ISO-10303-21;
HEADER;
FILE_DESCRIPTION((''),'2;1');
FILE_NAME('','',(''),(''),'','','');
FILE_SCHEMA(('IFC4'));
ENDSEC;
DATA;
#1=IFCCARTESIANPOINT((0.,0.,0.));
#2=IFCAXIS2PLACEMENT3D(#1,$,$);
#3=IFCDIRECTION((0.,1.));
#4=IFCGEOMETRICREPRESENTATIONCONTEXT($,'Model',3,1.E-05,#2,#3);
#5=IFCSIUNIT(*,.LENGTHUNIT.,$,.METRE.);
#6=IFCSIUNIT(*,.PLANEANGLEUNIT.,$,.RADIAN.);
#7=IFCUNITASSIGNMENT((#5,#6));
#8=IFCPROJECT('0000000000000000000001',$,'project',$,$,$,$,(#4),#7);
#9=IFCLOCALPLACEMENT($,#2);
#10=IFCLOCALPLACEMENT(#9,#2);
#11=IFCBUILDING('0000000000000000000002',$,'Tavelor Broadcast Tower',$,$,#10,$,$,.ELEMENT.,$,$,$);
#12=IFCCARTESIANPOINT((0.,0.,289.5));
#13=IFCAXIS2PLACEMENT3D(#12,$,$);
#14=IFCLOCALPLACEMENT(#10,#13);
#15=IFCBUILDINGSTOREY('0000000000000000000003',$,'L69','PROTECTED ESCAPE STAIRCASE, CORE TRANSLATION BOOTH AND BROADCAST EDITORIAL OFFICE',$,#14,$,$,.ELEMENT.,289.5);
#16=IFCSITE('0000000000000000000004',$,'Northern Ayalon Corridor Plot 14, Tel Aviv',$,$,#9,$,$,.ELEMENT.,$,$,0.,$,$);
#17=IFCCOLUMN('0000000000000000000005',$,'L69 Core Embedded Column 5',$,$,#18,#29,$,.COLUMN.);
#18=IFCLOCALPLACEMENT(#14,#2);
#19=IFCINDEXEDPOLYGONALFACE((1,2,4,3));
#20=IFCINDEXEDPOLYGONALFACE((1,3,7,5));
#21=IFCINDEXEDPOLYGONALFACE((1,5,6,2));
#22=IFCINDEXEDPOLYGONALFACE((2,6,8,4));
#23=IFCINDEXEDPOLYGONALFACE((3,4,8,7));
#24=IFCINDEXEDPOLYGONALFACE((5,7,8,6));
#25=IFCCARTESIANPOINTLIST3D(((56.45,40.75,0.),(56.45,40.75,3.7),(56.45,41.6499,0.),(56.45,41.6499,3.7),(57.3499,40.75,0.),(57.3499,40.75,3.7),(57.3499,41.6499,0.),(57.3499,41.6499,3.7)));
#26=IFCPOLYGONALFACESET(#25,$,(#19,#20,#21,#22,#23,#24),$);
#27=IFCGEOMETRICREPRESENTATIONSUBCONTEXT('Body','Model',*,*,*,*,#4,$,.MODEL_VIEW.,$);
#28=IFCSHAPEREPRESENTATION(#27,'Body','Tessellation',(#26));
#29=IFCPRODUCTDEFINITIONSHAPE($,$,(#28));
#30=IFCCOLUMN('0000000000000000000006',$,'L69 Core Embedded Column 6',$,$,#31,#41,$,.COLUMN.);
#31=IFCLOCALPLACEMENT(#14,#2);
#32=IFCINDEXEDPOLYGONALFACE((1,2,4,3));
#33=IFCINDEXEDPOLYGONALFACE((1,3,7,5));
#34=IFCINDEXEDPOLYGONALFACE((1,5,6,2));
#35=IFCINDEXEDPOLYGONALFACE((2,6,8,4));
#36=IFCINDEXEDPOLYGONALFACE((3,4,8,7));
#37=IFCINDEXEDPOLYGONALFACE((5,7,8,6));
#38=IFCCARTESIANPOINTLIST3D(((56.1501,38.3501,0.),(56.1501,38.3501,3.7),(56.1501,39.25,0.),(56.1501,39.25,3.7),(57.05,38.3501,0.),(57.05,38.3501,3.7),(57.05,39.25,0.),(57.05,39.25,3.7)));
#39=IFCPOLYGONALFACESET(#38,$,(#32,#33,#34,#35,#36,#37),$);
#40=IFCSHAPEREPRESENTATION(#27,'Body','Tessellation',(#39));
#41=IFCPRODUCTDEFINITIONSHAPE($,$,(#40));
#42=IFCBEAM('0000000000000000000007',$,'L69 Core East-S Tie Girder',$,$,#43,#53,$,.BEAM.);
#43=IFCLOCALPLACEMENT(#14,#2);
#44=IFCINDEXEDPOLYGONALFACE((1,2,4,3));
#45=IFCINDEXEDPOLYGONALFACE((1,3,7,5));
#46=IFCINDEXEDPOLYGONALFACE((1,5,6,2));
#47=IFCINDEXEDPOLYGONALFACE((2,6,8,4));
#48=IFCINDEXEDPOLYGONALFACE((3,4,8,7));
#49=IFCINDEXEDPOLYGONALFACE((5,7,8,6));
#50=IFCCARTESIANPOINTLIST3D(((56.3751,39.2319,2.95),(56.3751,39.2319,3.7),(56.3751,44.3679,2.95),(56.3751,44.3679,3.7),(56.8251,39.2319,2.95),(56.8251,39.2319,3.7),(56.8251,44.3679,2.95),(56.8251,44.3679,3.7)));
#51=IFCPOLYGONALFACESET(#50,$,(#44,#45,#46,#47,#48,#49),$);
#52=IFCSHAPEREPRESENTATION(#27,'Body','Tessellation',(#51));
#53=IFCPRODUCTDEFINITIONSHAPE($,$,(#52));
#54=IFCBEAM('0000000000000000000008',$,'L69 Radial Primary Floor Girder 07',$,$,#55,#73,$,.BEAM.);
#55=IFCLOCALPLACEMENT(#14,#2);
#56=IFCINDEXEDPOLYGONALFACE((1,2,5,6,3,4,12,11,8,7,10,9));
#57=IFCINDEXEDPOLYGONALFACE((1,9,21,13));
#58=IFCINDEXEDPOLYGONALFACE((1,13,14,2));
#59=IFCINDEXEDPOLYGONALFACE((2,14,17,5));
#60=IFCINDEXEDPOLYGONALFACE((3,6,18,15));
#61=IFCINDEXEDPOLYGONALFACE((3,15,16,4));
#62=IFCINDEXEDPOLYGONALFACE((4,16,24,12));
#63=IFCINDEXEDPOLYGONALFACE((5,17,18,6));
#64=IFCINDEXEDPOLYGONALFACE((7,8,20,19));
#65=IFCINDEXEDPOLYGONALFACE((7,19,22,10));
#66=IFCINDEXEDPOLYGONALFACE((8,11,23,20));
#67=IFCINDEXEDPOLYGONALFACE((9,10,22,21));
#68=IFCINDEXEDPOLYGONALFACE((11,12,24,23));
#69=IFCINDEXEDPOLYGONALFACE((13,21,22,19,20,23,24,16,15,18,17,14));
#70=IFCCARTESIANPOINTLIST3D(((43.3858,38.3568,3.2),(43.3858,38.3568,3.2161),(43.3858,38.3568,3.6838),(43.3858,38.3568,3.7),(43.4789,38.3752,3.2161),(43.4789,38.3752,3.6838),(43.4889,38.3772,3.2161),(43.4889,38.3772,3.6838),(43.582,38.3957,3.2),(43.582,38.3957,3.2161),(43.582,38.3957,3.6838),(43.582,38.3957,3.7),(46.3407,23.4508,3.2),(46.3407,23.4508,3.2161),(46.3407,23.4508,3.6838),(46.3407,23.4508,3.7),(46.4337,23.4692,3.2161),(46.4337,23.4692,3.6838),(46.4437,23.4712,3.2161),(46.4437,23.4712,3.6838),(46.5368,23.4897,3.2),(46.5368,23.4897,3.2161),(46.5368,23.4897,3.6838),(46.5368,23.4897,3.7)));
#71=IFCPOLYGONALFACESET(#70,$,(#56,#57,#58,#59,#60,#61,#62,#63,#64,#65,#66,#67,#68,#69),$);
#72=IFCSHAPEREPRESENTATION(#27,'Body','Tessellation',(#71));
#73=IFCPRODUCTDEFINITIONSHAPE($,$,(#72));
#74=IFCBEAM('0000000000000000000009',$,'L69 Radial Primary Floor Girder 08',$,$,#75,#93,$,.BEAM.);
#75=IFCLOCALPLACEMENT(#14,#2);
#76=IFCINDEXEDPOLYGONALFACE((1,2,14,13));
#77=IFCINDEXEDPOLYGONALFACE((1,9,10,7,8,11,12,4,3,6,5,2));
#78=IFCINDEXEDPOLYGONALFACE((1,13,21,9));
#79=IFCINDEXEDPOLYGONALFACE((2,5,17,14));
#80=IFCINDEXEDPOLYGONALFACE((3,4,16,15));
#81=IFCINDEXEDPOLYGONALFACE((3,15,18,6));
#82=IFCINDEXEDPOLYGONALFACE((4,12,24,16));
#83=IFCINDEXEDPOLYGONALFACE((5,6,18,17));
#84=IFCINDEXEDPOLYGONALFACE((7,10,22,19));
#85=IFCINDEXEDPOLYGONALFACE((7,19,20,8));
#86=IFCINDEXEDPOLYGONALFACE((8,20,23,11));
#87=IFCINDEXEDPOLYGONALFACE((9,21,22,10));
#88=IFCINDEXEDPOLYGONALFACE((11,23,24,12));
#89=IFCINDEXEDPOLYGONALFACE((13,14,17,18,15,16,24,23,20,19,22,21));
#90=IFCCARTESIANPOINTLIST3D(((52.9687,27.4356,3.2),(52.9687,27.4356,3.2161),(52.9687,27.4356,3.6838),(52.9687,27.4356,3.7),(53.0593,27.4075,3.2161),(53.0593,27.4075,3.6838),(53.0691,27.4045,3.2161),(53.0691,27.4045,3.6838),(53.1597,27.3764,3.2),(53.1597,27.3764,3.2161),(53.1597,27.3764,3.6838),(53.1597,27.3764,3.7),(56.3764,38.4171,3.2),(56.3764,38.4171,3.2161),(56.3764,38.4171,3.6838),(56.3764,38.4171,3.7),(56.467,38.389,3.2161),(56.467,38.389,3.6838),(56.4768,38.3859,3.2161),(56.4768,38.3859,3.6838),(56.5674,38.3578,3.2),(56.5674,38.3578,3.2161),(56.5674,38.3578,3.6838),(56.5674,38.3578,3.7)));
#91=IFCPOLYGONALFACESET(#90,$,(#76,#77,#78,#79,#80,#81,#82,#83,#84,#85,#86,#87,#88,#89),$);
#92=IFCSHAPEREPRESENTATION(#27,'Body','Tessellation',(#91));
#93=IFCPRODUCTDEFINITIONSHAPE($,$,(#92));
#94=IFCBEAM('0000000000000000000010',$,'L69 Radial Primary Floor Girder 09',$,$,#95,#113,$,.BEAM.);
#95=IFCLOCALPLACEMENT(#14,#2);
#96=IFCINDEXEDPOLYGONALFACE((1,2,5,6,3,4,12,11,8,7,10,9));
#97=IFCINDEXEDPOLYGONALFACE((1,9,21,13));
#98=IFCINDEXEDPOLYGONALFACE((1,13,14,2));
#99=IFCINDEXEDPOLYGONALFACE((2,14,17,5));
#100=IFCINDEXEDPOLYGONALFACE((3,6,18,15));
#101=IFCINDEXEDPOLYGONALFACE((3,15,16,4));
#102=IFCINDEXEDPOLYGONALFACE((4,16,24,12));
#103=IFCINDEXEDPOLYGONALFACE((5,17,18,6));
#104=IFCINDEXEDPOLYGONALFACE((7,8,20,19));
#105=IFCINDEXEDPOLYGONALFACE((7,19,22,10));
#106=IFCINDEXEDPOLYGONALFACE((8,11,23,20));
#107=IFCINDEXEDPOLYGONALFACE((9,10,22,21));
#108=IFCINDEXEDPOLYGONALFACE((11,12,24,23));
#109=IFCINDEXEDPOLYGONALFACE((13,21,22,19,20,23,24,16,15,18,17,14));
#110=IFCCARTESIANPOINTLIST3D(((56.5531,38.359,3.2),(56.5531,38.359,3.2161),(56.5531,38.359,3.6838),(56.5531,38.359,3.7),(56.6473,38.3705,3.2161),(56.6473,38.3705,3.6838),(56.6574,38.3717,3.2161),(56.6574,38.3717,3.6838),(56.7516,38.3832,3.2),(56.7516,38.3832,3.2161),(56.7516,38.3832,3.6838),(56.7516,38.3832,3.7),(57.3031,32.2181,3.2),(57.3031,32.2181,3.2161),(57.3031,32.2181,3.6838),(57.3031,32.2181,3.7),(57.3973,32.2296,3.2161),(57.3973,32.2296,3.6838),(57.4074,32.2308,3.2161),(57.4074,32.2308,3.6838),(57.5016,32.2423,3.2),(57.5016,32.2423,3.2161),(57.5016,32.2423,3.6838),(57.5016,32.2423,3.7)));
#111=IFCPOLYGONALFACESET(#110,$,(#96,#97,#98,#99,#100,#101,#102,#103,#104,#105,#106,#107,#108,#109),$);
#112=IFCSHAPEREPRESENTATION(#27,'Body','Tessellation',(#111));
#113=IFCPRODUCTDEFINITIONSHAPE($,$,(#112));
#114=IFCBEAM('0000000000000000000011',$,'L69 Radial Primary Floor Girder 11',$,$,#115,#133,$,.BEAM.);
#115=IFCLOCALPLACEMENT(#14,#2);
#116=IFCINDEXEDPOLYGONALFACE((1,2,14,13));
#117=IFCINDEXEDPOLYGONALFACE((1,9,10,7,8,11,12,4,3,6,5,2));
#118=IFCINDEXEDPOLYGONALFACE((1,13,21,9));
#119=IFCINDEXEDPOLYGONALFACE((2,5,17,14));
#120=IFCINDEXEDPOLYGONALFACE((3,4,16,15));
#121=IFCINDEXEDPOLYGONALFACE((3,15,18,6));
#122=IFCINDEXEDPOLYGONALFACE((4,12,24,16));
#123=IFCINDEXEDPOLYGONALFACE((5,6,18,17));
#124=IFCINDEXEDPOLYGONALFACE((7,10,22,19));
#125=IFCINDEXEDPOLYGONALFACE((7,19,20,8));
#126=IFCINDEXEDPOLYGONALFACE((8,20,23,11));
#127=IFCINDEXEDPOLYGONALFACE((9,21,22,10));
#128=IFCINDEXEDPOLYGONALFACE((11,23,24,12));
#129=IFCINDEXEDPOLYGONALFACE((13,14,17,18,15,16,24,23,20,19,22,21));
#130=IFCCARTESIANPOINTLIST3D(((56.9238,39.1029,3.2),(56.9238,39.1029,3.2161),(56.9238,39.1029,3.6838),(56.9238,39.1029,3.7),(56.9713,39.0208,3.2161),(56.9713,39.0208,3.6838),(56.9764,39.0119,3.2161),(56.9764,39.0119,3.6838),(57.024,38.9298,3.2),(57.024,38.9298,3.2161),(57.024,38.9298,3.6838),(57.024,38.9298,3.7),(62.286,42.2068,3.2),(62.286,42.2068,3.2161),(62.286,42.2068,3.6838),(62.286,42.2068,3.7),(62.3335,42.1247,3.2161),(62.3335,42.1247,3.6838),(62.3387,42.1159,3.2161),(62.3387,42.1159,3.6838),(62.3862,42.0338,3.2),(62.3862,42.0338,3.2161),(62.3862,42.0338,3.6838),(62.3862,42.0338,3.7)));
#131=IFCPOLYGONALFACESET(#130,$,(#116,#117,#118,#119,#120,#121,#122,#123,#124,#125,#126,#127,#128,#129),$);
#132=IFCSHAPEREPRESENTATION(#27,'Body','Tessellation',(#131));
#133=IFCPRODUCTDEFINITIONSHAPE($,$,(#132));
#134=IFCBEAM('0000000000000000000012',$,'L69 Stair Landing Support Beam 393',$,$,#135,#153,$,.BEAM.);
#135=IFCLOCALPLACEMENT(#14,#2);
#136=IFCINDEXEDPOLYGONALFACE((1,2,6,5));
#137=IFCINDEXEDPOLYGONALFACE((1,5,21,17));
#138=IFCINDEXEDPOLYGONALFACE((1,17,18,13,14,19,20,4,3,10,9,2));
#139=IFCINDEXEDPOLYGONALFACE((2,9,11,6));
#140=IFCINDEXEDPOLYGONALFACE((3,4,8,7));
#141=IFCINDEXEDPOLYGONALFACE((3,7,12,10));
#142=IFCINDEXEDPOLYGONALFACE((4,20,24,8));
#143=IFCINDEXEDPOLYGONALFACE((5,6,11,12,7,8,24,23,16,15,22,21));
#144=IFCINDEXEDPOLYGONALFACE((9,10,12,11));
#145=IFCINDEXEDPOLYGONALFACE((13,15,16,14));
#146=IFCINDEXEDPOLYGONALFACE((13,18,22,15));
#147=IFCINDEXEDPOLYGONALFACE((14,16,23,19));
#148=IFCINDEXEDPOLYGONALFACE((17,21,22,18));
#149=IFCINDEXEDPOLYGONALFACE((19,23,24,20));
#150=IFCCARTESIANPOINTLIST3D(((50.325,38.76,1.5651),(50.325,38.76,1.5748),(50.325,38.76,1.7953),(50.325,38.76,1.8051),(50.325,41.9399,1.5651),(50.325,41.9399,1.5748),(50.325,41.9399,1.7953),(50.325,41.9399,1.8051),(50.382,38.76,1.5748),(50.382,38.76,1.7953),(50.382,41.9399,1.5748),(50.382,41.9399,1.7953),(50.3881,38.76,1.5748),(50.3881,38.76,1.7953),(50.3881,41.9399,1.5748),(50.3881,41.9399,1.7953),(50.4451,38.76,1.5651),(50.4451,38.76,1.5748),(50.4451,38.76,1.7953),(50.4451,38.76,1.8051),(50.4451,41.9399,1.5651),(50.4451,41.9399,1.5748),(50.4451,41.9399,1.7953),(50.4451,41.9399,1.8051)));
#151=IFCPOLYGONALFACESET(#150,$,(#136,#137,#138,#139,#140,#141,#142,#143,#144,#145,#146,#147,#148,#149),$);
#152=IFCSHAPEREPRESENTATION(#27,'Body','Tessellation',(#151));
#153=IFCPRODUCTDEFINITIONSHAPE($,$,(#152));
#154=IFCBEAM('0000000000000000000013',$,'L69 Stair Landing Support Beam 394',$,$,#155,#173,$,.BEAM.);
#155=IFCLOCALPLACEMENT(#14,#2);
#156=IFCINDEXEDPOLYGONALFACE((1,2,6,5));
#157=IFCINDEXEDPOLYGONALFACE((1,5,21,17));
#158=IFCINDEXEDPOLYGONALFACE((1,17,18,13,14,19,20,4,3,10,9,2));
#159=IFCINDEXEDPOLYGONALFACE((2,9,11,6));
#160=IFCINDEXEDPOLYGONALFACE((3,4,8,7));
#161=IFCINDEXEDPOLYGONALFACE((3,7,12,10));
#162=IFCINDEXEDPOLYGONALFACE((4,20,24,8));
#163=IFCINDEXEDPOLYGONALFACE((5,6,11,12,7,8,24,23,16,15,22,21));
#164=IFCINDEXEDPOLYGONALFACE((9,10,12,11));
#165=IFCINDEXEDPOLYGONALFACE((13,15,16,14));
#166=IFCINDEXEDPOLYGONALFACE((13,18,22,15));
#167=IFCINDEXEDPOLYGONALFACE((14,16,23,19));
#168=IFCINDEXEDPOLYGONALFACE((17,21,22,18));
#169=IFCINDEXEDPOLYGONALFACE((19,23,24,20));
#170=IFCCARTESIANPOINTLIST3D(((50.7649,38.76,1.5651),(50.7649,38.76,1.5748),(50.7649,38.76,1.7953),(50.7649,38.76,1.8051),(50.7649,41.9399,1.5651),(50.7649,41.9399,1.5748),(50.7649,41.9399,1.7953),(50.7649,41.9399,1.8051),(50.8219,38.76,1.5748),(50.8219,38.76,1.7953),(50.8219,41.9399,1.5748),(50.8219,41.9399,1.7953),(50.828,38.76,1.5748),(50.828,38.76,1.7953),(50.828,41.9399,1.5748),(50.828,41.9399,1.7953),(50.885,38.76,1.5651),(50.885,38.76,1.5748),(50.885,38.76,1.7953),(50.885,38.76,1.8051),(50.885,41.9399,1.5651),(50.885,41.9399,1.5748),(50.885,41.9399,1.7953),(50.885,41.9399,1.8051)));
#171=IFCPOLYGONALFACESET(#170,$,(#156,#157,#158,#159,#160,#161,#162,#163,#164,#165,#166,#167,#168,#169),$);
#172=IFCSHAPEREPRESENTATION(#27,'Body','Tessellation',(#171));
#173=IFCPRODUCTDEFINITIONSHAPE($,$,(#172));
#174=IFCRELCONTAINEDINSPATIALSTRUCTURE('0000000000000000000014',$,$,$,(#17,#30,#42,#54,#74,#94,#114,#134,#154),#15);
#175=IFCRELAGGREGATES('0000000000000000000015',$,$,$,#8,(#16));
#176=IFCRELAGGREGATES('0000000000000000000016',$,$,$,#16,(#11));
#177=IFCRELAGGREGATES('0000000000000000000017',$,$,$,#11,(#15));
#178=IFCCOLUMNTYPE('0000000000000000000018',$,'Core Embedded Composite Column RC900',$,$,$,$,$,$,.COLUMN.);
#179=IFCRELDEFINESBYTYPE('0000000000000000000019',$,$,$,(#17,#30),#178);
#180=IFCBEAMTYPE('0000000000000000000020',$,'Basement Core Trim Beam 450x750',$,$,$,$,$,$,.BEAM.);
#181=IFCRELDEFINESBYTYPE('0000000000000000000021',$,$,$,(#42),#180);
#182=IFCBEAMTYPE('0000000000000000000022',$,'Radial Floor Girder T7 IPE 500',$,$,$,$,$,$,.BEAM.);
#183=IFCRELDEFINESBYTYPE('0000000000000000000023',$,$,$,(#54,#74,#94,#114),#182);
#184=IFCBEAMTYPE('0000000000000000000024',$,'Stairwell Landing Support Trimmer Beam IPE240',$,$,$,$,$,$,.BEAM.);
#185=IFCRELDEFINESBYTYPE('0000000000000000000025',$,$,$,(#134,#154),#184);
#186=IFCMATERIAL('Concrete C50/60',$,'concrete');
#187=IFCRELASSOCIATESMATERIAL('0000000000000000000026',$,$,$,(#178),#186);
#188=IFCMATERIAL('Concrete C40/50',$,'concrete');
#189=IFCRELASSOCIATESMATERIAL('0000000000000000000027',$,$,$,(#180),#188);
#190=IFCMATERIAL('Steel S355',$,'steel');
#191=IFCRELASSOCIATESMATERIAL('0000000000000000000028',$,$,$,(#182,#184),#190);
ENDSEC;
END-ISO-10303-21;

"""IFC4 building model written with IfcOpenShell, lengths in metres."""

from ifc_helpers import new_model, si_unit, direction, frame, origin, origin_2d, place, context, subcontext, project, spatial, rectangle, i_section, extrude, material, material_profile, profile_set, type_object, element, save


model = new_model("IFC4")

# Units and contexts
model_context = context("Model", 3, precision=1e-05, world=origin(), true_north=direction((0.0, 1.0)))
body_context = subcontext(model_context, "Body", "Model", "MODEL_VIEW")
ifc_project = project(units=[si_unit("LENGTHUNIT", "METRE"), si_unit("PLANEANGLEUNIT", "RADIAN")], contexts=[model_context])

# Site, building, storey
site_placement = place(None, origin())
site = spatial("IfcSite", under=ifc_project, at=site_placement, Name="Northern Ayalon Corridor Plot 14, Tel Aviv", CompositionType="ELEMENT", RefElevation=0.0)
building_placement = place(site_placement, origin())
building = spatial("IfcBuilding", under=site, at=building_placement, Name="Tavelor Broadcast Tower", CompositionType="ELEMENT")
storey_placement = place(building_placement, frame((0.0, 0.0, 289.5)))
storey = spatial("IfcBuildingStorey", under=building, at=storey_placement, Name="L69", Description="PROTECTED ESCAPE STAIRCASE, CORE TRANSLATION BOOTH AND BROADCAST EDITORIAL OFFICE", CompositionType="ELEMENT", Elevation=289.5)

# Columns
ifc_material_1 = material(Name="Concrete C50/60", Category="concrete")
ifc_material_profile_1 = material_profile(ifc_material_1, rectangle(XDim=0.8999, YDim=0.8999, at=origin_2d()), Name="RC 900x900")
ifc_profile_set_1 = profile_set([ifc_material_profile_1], Name="Concrete C50/60")
column_type = type_object("IfcColumnType", Name="Core Embedded Composite Column RC900", PredefinedType="COLUMN", material=ifc_profile_set_1)
for number, where, z_axis, x_axis, name in (
    (1, (56.8999, 41.2, 0.0), (0.0, 0.0, 1.0), (1.0, 0.0, 0.0), "L69 Core Embedded Column 5"),
    (2, (56.6001, 38.8, 0.0), (0.0, 0.0, 1.0), (1.0, 0.0, 0.0), "L69 Core Embedded Column 6"),
):
    element("IfcColumn", number, at=place(storey_placement, frame(where, z_axis=z_axis, x_axis=x_axis)), inside=storey, type_object=column_type, Name=name, PredefinedType="COLUMN", context=body_context, shape_type="SweptSolid", body=[
        extrude(rectangle(XDim=0.8999, YDim=0.8999, at=origin_2d()), origin(), (0.0, 0.0, 1.0), 3.7),
    ])

# Beams
ifc_material_2 = material(Name="Concrete C40/50", Category="concrete")
ifc_material_profile_2 = material_profile(ifc_material_2, rectangle(XDim=0.45, YDim=0.75, at=origin_2d()), Name="RC 450x750")
ifc_profile_set_2 = profile_set([ifc_material_profile_2], Name="Concrete C40/50")
beam_type_1 = type_object("IfcBeamType", Name="Basement Core Trim Beam 450x750", PredefinedType="BEAM", material=ifc_profile_set_2)
beam_1_placement = place(storey_placement, frame((56.6001, 39.2319, 3.325), z_axis=(0.0, 1.0, 0.0), x_axis=(-1.0, 0.0, 0.0)))
element("IfcBeam", 3, at=beam_1_placement, inside=storey, type_object=beam_type_1, Name="L69 Core East-S Tie Girder", PredefinedType="BEAM", context=body_context, shape_type="SweptSolid", body=[
    extrude(rectangle(XDim=0.45, YDim=0.75, at=origin_2d()), origin(), (0.0, 0.0, 1.0), 5.136),
])
ifc_material_3 = material(Name="Steel S355", Category="steel")
ifc_material_profile_3 = material_profile(ifc_material_3, i_section(OverallWidth=0.2, OverallDepth=0.5, WebThickness=0.0103, FlangeThickness=0.0161, at=origin_2d()), Name="IPE 500")
ifc_profile_set_3 = profile_set([ifc_material_profile_3], Name="Steel S355")
beam_type_2 = type_object("IfcBeamType", Name="Radial Floor Girder T7 IPE 500", PredefinedType="BEAM", material=ifc_profile_set_3)
beam_2_placement = place(storey_placement, frame((43.4839, 38.3762, 3.45), z_axis=(0.194447, -0.980913, 0.0), x_axis=(0.980913, 0.194447, 0.0)))
element("IfcBeam", 4, at=beam_2_placement, inside=storey, type_object=beam_type_2, Name="L69 Radial Primary Floor Girder 07", PredefinedType="BEAM", context=body_context, shape_type="SweptSolid", body=[
    extrude(i_section(OverallWidth=0.2, OverallDepth=0.5, WebThickness=0.0103, FlangeThickness=0.0161, at=origin_2d()), origin(), (0.0, 0.0, 1.0), 15.196),
])
beam_3_placement = place(storey_placement, frame((56.4719, 38.3875, 3.45), z_axis=(-0.296374, -0.955072, 0.0), x_axis=(0.955072, -0.296374, 0.0)))
element("IfcBeam", 5, at=beam_3_placement, inside=storey, type_object=beam_type_2, Name="L69 Radial Primary Floor Girder 08", PredefinedType="BEAM", context=body_context, shape_type="SweptSolid", body=[
    extrude(i_section(OverallWidth=0.2, OverallDepth=0.5, WebThickness=0.0103, FlangeThickness=0.0161, at=origin_2d()), origin(), (0.0, 0.0, 1.0), 11.498),
])
beam_4_placement = place(storey_placement, frame((56.6523, 38.3711, 3.45), z_axis=(0.121232, -0.992624, 0.0), x_axis=(0.992624, 0.121232, 0.0)))
element("IfcBeam", 6, at=beam_4_placement, inside=storey, type_object=beam_type_2, Name="L69 Radial Primary Floor Girder 09", PredefinedType="BEAM", context=body_context, shape_type="SweptSolid", body=[
    extrude(i_section(OverallWidth=0.2, OverallDepth=0.5, WebThickness=0.0103, FlangeThickness=0.0161, at=origin_2d()), origin(), (0.0, 0.0, 1.0), 6.1865),
])
beam_5_placement = place(storey_placement, frame((56.9739, 39.0164, 3.45), z_axis=(0.86546, 0.500977, 0.0), x_axis=(-0.500977, 0.86546, 0.0)))
element("IfcBeam", 7, at=beam_5_placement, inside=storey, type_object=beam_type_2, Name="L69 Radial Primary Floor Girder 11", PredefinedType="BEAM", context=body_context, shape_type="SweptSolid", body=[
    extrude(i_section(OverallWidth=0.2, OverallDepth=0.5, WebThickness=0.0103, FlangeThickness=0.0161, at=origin_2d()), origin(), (0.0, 0.0, 1.0), 6.1958),
])
ifc_material_profile_4 = material_profile(ifc_material_3, i_section(OverallWidth=0.1201, OverallDepth=0.24, WebThickness=0.0061, FlangeThickness=0.0098, at=origin_2d()), Name="IPE 240")
ifc_profile_set_4 = profile_set([ifc_material_profile_4], Name="Steel S355")
beam_type_3 = type_object("IfcBeamType", Name="Stairwell Landing Support Trimmer Beam IPE240", PredefinedType="BEAM", material=ifc_profile_set_4)
for number, where, z_axis, x_axis, name in (
    (8, (50.385, 38.76, 1.6851), (0.0, 1.0, 0.0), (-1.0, 0.0, 0.0), "L69 Stair Landing Support Beam 393"),
    (9, (50.825, 38.76, 1.6851), (0.0, 1.0, 0.0), (-1.0, 0.0, 0.0), "L69 Stair Landing Support Beam 394"),
):
    element("IfcBeam", number, at=place(storey_placement, frame(where, z_axis=z_axis, x_axis=x_axis)), inside=storey, type_object=beam_type_3, Name=name, PredefinedType="BEAM", context=body_context, shape_type="SweptSolid", body=[
        extrude(i_section(OverallWidth=0.1201, OverallDepth=0.24, WebThickness=0.0061, FlangeThickness=0.0098, at=origin_2d()), origin(), (0.0, 0.0, 1.0), 3.1799),
    ])

save(model, "model.ifc")
